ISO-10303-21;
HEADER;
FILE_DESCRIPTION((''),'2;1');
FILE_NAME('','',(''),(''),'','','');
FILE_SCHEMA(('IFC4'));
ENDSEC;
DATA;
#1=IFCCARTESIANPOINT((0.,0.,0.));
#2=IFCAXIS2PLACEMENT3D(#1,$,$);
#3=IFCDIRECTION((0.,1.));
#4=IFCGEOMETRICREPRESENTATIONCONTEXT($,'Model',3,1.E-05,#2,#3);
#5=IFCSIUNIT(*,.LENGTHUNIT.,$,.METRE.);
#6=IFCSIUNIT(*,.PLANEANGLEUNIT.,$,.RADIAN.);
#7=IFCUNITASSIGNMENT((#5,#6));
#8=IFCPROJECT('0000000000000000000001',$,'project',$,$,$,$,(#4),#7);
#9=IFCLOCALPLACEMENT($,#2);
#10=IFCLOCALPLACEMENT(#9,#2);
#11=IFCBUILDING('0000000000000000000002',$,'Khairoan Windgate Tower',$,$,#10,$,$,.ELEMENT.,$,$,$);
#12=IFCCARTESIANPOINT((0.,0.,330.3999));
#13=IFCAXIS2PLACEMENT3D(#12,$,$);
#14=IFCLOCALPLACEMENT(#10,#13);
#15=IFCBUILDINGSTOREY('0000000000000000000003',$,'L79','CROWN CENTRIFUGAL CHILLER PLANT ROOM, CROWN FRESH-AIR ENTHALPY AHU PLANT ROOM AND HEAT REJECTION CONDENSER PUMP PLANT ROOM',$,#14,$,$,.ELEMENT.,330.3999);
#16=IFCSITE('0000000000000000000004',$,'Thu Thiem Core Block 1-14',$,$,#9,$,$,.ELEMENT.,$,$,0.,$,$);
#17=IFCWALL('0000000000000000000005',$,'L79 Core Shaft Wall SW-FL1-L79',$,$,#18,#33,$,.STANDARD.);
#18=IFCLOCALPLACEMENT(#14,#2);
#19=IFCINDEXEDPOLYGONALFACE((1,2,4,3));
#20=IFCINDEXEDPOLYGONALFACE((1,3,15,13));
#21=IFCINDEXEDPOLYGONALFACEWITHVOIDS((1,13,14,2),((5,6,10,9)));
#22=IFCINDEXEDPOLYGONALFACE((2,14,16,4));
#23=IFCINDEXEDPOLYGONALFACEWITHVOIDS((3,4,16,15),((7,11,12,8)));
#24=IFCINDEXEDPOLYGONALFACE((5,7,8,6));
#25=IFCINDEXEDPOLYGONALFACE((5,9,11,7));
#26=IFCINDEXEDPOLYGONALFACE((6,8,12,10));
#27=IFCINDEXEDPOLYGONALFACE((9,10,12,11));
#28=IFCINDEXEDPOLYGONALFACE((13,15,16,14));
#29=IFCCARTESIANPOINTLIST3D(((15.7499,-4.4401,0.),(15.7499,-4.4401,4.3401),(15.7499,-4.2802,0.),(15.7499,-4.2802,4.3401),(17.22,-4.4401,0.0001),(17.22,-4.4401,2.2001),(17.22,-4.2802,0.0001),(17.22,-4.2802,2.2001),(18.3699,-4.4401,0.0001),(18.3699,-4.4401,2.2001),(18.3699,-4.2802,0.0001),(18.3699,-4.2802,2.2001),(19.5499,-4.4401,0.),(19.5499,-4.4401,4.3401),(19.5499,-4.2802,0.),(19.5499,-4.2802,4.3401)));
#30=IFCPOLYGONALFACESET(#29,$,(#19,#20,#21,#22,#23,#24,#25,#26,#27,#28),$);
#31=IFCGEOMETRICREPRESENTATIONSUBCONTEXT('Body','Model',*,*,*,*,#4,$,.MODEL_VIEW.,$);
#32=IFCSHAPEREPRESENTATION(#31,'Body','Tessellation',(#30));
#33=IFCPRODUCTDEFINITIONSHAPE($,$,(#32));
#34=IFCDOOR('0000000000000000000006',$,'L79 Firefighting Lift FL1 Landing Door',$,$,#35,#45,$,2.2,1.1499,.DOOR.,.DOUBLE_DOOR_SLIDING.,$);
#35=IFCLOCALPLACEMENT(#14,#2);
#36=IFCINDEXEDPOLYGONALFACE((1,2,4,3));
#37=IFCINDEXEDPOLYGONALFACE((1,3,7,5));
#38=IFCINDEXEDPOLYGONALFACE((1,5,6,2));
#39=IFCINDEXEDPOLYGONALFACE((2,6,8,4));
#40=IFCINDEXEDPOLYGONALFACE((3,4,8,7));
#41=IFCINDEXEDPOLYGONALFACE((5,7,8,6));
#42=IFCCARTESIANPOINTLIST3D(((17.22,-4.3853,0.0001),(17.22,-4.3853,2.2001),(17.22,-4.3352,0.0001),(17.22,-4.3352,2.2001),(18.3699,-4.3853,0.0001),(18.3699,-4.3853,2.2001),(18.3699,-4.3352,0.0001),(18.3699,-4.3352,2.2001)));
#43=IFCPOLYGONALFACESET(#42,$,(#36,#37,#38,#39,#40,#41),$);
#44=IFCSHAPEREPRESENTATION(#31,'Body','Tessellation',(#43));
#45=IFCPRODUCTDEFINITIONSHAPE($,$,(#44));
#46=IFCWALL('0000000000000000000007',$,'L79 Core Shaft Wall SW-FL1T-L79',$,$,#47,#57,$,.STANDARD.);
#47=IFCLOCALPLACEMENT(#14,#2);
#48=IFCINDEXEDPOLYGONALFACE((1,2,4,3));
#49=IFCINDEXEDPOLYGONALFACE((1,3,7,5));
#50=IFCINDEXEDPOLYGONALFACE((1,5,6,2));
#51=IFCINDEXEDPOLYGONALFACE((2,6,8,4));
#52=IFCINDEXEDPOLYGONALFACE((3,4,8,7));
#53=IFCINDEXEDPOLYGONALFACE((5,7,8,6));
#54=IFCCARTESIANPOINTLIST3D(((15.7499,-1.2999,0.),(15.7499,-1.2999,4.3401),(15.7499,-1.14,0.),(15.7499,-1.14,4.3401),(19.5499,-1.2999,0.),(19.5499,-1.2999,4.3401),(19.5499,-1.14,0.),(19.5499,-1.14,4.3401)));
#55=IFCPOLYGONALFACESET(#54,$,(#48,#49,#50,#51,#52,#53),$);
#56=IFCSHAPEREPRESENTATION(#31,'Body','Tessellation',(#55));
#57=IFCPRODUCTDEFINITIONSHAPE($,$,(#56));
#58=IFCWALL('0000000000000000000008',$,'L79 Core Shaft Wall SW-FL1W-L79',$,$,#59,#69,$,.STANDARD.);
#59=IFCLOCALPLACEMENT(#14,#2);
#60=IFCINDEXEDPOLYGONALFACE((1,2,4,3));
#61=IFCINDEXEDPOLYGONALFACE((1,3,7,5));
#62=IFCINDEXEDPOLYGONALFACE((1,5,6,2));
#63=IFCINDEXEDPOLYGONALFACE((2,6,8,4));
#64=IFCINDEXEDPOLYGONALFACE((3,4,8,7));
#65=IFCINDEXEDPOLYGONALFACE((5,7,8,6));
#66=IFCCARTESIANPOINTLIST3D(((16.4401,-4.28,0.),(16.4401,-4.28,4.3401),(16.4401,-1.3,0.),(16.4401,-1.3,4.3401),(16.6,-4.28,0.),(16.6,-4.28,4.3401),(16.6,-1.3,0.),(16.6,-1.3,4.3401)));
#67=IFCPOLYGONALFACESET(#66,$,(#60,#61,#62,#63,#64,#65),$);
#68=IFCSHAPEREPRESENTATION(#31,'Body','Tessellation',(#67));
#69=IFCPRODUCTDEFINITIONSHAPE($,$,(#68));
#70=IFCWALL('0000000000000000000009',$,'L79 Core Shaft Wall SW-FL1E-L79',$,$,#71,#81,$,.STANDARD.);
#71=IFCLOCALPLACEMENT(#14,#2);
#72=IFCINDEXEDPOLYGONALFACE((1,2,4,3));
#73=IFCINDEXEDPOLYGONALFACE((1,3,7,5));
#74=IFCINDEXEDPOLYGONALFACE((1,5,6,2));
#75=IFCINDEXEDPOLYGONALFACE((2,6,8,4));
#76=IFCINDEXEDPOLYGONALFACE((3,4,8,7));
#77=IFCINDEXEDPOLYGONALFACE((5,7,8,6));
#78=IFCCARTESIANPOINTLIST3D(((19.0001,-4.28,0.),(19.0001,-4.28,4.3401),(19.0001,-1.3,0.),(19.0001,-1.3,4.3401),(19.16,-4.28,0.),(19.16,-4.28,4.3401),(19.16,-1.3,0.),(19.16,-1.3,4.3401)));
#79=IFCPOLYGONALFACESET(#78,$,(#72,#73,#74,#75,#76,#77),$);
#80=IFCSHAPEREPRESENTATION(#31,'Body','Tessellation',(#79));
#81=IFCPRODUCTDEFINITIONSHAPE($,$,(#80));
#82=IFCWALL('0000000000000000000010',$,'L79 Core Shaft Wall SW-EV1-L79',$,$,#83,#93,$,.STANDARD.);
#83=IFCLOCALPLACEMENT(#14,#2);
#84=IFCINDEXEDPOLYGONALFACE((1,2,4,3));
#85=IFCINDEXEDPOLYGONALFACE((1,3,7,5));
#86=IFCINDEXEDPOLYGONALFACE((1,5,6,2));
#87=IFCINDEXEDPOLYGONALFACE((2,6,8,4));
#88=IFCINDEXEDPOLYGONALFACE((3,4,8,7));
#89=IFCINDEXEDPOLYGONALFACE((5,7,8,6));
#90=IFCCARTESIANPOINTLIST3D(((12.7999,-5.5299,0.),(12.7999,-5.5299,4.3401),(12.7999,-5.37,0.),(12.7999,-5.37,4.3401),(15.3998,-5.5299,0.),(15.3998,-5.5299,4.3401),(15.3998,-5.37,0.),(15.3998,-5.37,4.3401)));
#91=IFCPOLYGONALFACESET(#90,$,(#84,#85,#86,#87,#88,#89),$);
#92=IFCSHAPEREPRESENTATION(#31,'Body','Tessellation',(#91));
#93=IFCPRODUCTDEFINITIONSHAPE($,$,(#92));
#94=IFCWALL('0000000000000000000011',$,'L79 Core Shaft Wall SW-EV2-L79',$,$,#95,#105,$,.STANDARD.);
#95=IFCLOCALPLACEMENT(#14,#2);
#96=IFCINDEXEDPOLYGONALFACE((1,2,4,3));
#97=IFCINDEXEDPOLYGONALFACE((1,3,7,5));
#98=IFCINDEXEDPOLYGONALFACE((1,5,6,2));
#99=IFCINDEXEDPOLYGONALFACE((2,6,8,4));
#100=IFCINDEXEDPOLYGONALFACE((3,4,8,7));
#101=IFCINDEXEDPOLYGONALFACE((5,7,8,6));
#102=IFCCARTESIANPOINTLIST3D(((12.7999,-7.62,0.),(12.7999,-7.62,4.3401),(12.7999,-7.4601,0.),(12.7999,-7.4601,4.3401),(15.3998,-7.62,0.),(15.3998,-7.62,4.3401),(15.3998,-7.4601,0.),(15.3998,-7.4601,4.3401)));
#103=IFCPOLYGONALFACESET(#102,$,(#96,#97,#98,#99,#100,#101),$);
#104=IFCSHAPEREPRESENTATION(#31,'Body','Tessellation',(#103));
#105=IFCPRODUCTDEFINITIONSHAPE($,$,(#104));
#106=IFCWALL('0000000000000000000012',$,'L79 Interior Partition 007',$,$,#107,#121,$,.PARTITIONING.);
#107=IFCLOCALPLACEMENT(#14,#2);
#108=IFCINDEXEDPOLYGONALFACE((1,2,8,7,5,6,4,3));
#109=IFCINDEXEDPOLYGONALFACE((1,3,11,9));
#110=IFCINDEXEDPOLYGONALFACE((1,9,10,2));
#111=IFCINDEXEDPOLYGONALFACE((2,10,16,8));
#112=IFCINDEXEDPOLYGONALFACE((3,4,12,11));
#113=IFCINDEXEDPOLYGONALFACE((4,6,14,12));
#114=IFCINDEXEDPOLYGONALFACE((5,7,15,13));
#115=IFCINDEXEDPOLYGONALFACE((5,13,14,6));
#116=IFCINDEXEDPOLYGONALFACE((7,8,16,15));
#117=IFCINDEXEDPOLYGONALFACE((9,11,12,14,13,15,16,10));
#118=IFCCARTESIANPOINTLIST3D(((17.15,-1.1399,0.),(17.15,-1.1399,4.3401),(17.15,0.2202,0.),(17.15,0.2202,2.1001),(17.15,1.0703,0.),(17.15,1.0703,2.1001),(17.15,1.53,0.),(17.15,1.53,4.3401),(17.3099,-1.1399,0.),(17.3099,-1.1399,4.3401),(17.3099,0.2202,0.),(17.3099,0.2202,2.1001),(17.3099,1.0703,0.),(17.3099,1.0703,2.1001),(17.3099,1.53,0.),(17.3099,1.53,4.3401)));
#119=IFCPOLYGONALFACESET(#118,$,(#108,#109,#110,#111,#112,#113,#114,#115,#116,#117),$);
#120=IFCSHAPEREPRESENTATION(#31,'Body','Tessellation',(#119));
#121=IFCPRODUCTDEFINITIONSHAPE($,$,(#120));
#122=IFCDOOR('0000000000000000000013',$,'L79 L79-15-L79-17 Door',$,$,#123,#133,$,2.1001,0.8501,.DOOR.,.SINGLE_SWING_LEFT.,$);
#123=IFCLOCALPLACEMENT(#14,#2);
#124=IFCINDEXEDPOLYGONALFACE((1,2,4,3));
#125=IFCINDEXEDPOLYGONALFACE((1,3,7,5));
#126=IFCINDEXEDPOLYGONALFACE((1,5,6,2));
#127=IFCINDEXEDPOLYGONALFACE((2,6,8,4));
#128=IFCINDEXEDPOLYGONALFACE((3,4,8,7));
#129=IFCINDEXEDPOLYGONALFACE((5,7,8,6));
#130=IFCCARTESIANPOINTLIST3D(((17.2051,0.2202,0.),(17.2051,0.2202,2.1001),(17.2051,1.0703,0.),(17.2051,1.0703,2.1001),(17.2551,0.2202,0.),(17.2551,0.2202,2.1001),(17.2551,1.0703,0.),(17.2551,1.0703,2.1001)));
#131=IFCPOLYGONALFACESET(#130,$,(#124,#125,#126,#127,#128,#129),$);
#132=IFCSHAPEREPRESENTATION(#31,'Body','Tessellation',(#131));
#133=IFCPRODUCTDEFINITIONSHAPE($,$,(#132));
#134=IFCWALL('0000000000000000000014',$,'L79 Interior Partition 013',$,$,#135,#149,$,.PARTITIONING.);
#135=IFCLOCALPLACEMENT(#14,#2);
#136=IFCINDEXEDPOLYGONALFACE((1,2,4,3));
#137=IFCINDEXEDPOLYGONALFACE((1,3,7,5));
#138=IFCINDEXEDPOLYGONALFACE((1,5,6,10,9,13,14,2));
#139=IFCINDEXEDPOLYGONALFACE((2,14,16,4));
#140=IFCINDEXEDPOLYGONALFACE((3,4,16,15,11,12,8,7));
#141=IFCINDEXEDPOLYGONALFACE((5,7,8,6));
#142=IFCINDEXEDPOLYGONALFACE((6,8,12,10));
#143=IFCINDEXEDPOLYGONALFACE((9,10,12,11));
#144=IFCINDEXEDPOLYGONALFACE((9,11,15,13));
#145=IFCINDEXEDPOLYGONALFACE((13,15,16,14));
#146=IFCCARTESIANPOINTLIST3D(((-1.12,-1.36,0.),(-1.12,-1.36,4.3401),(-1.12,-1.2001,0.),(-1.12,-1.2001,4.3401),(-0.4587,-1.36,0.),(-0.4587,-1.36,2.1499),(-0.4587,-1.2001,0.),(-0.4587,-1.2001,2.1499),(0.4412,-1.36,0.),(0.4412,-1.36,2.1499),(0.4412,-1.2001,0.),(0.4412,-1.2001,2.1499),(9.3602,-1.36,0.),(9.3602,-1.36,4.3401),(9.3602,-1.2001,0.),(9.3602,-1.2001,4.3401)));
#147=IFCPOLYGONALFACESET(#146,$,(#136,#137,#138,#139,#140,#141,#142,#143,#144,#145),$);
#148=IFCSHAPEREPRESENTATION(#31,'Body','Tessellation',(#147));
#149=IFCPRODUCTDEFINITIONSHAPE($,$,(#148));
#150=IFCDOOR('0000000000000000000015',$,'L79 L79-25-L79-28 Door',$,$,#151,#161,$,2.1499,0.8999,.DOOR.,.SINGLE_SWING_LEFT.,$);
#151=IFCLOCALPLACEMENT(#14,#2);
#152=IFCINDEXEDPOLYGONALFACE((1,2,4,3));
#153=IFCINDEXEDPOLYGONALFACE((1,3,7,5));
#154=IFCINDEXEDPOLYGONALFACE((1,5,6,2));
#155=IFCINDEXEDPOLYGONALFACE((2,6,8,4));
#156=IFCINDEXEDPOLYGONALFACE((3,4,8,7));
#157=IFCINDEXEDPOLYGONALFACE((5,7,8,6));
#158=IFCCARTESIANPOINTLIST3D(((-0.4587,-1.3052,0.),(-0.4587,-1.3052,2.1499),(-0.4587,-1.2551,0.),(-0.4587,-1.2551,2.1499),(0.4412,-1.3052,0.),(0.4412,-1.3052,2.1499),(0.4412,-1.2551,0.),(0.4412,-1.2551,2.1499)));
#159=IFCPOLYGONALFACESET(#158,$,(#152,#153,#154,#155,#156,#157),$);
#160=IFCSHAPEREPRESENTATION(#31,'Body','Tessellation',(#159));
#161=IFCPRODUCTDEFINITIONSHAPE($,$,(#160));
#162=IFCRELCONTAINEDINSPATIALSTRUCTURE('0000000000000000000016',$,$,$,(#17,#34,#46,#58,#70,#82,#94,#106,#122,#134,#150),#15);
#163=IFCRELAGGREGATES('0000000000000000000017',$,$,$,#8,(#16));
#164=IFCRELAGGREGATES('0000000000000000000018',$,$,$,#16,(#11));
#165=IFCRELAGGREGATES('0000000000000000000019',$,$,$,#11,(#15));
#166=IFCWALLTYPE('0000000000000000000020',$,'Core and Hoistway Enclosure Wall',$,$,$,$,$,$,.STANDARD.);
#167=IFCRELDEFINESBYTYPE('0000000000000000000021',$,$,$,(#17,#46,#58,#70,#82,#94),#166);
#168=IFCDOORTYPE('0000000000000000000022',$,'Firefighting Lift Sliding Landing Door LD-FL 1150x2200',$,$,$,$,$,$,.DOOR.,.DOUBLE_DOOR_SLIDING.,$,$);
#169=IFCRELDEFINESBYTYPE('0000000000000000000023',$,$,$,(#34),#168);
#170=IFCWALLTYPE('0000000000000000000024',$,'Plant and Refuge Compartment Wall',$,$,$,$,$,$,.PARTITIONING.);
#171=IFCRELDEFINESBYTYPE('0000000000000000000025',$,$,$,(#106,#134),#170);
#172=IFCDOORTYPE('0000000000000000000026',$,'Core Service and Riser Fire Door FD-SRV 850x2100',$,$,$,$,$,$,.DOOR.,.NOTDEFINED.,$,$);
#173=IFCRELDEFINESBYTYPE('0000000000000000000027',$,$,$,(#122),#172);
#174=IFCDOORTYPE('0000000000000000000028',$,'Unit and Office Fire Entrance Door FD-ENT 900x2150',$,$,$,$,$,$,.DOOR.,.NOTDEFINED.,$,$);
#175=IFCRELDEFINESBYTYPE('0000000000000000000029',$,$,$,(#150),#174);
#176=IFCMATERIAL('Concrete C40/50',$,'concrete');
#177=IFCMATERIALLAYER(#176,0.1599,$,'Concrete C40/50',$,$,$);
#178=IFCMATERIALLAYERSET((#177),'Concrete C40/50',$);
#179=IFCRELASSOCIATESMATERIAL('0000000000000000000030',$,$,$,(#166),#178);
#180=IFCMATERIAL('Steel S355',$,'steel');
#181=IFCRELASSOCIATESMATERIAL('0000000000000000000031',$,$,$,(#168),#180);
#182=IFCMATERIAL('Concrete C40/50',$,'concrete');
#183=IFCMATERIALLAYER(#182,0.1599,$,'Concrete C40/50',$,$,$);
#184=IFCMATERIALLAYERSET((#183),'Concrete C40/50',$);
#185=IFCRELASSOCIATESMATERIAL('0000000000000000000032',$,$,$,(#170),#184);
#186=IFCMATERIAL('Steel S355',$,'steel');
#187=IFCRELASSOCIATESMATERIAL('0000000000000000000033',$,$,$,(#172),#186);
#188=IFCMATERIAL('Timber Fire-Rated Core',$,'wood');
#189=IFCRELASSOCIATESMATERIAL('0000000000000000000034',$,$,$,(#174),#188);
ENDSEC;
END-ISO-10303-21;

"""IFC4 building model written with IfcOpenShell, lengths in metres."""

from ifc_helpers import new_model, si_unit, direction, frame, frame_2d, origin, place, context, subcontext, project, spatial, rectangle, extrude, material, layer, layer_set, type_object, element, fill, save


model = new_model("IFC4")

# Units and contexts
model_context = context("Model", 3, precision=1e-05, world=origin(), true_north=direction((0.0, 1.0)))
body_context = subcontext(model_context, "Body", "Model", "MODEL_VIEW")
ifc_project = project(units=[si_unit("LENGTHUNIT", "METRE"), si_unit("PLANEANGLEUNIT", "RADIAN")], contexts=[model_context])

# Site, building, storey
site_placement = place(None, origin())
site = spatial("IfcSite", under=ifc_project, at=site_placement, Name="Thu Thiem Core Block 1-14", CompositionType="ELEMENT", RefElevation=0.0)
building_placement = place(site_placement, origin())
building = spatial("IfcBuilding", under=site, at=building_placement, Name="Khairoan Windgate Tower", CompositionType="ELEMENT")
storey_placement = place(building_placement, frame((0.0, 0.0, 330.3999)))
storey = spatial("IfcBuildingStorey", under=building, at=storey_placement, Name="L79", Description="CROWN CENTRIFUGAL CHILLER PLANT ROOM, CROWN FRESH-AIR ENTHALPY AHU PLANT ROOM AND HEAT REJECTION CONDENSER PUMP PLANT ROOM", CompositionType="ELEMENT", Elevation=330.3999)

# Wall, opening, door
ifc_material_1 = material(Name="Concrete C40/50", Category="concrete")
ifc_layer_1 = layer(ifc_material_1, 0.1599, Name="Concrete C40/50")
ifc_layer_set_1 = layer_set([ifc_layer_1], Name="Concrete C40/50")
wall_type_1 = type_object("IfcWallType", Name="Core and Hoistway Enclosure Wall", PredefinedType="STANDARD", material=ifc_layer_set_1)
wall_1_placement = place(storey_placement, frame((15.75, -4.3601, 0.0), z_axis=(0.0, 0.0, 1.0), x_axis=(1.0, 0.0, 0.0)))
wall_1 = element("IfcWall", 1, at=wall_1_placement, inside=storey, type_object=wall_type_1, Name="L79 Core Shaft Wall SW-FL1-L79", PredefinedType="STANDARD", context=body_context, shape_type="SweptSolid", body=[
    extrude(rectangle(XDim=3.8, YDim=0.1599, at=frame_2d((1.8999, 0.0))), origin(), (0.0, 0.0, 1.0), 4.3401),
])
opening_1_placement = place(wall_1_placement, frame((1.47, 0.0, 0.0)))
opening_1 = element("IfcOpeningElement", 2, at=opening_1_placement, cuts=wall_1, PredefinedType="OPENING", context=body_context, shape_type="SweptSolid", body=[
    extrude(rectangle(XDim=1.1499, YDim=2.2, at=frame_2d((0.575, 1.1001))), frame((0.0, 0.0898, 0.0), z_axis=(0.0, -1.0, 0.0), x_axis=(1.0, 0.0, 0.0)), (0.0, 0.0, 1.0), 0.1799),
])
ifc_material_2 = material(Name="Steel S355", Category="steel")
door_type_1 = type_object("IfcDoorType", Name="Firefighting Lift Sliding Landing Door LD-FL 1150x2200", OperationType="DOUBLE_DOOR_SLIDING", PredefinedType="DOOR", material=ifc_material_2)
door_1_placement = place(opening_1_placement, origin())
door_1 = element("IfcDoor", 3, at=door_1_placement, inside=storey, type_object=door_type_1, Name="L79 Firefighting Lift FL1 Landing Door", OperationType="DOUBLE_DOOR_SLIDING", OverallHeight=2.2, OverallWidth=1.1499, PredefinedType="DOOR", context=body_context, shape_type="SweptSolid", body=[
    extrude(rectangle(XDim=1.1499, YDim=2.2, at=frame_2d((0.575, 1.1001))), frame((0.0, 0.0249, 0.0), z_axis=(0.0, -1.0, 0.0), x_axis=(1.0, 0.0, 0.0)), (0.0, 0.0, 1.0), 0.05),
])
fill(opening_1, door_1)

# Walls
wall_2_placement = place(storey_placement, frame((15.75, -1.22, 0.0), z_axis=(0.0, 0.0, 1.0), x_axis=(1.0, 0.0, 0.0)))
element("IfcWall", 4, at=wall_2_placement, inside=storey, type_object=wall_type_1, Name="L79 Core Shaft Wall SW-FL1T-L79", PredefinedType="STANDARD", context=body_context, shape_type="SweptSolid", body=[
    extrude(rectangle(XDim=3.8, YDim=0.1599, at=frame_2d((1.8999, 0.0))), origin(), (0.0, 0.0, 1.0), 4.3401),
])
for number, where, z_axis, x_axis, name in (
    (5, (16.52, -4.28, 0.0), (0.0, 0.0, 1.0), (0.0, 1.0, 0.0), "L79 Core Shaft Wall SW-FL1W-L79"),
    (6, (19.0801, -4.28, 0.0), (0.0, 0.0, 1.0), (0.0, 1.0, 0.0), "L79 Core Shaft Wall SW-FL1E-L79"),
):
    element("IfcWall", number, at=place(storey_placement, frame(where, z_axis=z_axis, x_axis=x_axis)), inside=storey, type_object=wall_type_1, Name=name, PredefinedType="STANDARD", context=body_context, shape_type="SweptSolid", body=[
        extrude(rectangle(XDim=2.98, YDim=0.1599, at=frame_2d((1.49, 0.0))), origin(), (0.0, 0.0, 1.0), 4.3401),
    ])
for number, where, z_axis, x_axis, name in (
    (7, (12.8, -5.45, 0.0), (0.0, 0.0, 1.0), (1.0, 0.0, 0.0), "L79 Core Shaft Wall SW-EV1-L79"),
    (8, (12.8, -7.54, 0.0), (0.0, 0.0, 1.0), (1.0, 0.0, 0.0), "L79 Core Shaft Wall SW-EV2-L79"),
):
    element("IfcWall", number, at=place(storey_placement, frame(where, z_axis=z_axis, x_axis=x_axis)), inside=storey, type_object=wall_type_1, Name=name, PredefinedType="STANDARD", context=body_context, shape_type="SweptSolid", body=[
        extrude(rectangle(XDim=2.5999, YDim=0.1599, at=frame_2d((1.2998, 0.0))), origin(), (0.0, 0.0, 1.0), 4.3401),
    ])

# Walls, openings, doors
ifc_material_3 = material(Name="Concrete C40/50", Category="concrete")
ifc_layer_2 = layer(ifc_material_3, 0.1599, Name="Concrete C40/50")
ifc_layer_set_2 = layer_set([ifc_layer_2], Name="Concrete C40/50")
wall_type_2 = type_object("IfcWallType", Name="Plant and Refuge Compartment Wall", PredefinedType="PARTITIONING", material=ifc_layer_set_2)
wall_3_placement = place(storey_placement, frame((17.23, -1.1399, 0.0), z_axis=(0.0, 0.0, 1.0), x_axis=(0.0, 1.0, 0.0)))
wall_3 = element("IfcWall", 9, at=wall_3_placement, inside=storey, type_object=wall_type_2, Name="L79 Interior Partition 007", PredefinedType="PARTITIONING", context=body_context, shape_type="SweptSolid", body=[
    extrude(rectangle(XDim=2.6699, YDim=0.1599, at=frame_2d((1.335, 0.0))), origin(), (0.0, 0.0, 1.0), 4.3401),
])
opening_2_placement = place(wall_3_placement, frame((1.3601, 0.0, 0.0)))
opening_2 = element("IfcOpeningElement", 10, at=opening_2_placement, cuts=wall_3, PredefinedType="OPENING", context=body_context, shape_type="SweptSolid", body=[
    extrude(rectangle(XDim=0.8501, YDim=2.1001, at=frame_2d((0.425, 1.05))), frame((0.0, 0.0898, 0.0), z_axis=(0.0, -1.0, 0.0), x_axis=(1.0, 0.0, 0.0)), (0.0, 0.0, 1.0), 0.1799),
])
ifc_material_4 = material(Name="Steel S355", Category="steel")
door_type_2 = type_object("IfcDoorType", Name="Core Service and Riser Fire Door FD-SRV 850x2100", OperationType="NOTDEFINED", PredefinedType="DOOR", material=ifc_material_4)
door_2_placement = place(opening_2_placement, origin())
door_2 = element("IfcDoor", 11, at=door_2_placement, inside=storey, type_object=door_type_2, Name="L79 L79-15-L79-17 Door", OperationType="SINGLE_SWING_LEFT", OverallHeight=2.1001, OverallWidth=0.8501, PredefinedType="DOOR", context=body_context, shape_type="SweptSolid", body=[
    extrude(rectangle(XDim=0.8501, YDim=2.1001, at=frame_2d((0.425, 1.05))), frame((0.0, 0.0249, 0.0), z_axis=(0.0, -1.0, 0.0), x_axis=(1.0, 0.0, 0.0)), (0.0, 0.0, 1.0), 0.05),
])
fill(opening_2, door_2)
wall_4_placement = place(storey_placement, frame((-1.1201, -1.28, 0.0), z_axis=(0.0, 0.0, 1.0), x_axis=(1.0, 0.0, 0.0)))
wall_4 = element("IfcWall", 12, at=wall_4_placement, inside=storey, type_object=wall_type_2, Name="L79 Interior Partition 013", PredefinedType="PARTITIONING", context=body_context, shape_type="SweptSolid", body=[
    extrude(rectangle(XDim=10.4802, YDim=0.1599, at=frame_2d((5.2402, 0.0))), origin(), (0.0, 0.0, 1.0), 4.3401),
])
opening_3_placement = place(wall_4_placement, frame((0.6614, 0.0, 0.0)))
opening_3 = element("IfcOpeningElement", 13, at=opening_3_placement, cuts=wall_4, PredefinedType="OPENING", context=body_context, shape_type="SweptSolid", body=[
    extrude(rectangle(XDim=0.8999, YDim=2.1499, at=frame_2d((0.45, 1.075))), frame((0.0, 0.0898, 0.0), z_axis=(0.0, -1.0, 0.0), x_axis=(1.0, 0.0, 0.0)), (0.0, 0.0, 1.0), 0.1799),
])
ifc_material_5 = material(Name="Timber Fire-Rated Core", Category="wood")
door_type_3 = type_object("IfcDoorType", Name="Unit and Office Fire Entrance Door FD-ENT 900x2150", OperationType="NOTDEFINED", PredefinedType="DOOR", material=ifc_material_5)
door_3_placement = place(opening_3_placement, origin())
door_3 = element("IfcDoor", 14, at=door_3_placement, inside=storey, type_object=door_type_3, Name="L79 L79-25-L79-28 Door", OperationType="SINGLE_SWING_LEFT", OverallHeight=2.1499, OverallWidth=0.8999, PredefinedType="DOOR", context=body_context, shape_type="SweptSolid", body=[
    extrude(rectangle(XDim=0.8999, YDim=2.1499, at=frame_2d((0.45, 1.075))), frame((0.0, 0.0249, 0.0), z_axis=(0.0, -1.0, 0.0), x_axis=(1.0, 0.0, 0.0)), (0.0, 0.0, 1.0), 0.05),
])
fill(opening_3, door_3)

save(model, "model.ifc")
